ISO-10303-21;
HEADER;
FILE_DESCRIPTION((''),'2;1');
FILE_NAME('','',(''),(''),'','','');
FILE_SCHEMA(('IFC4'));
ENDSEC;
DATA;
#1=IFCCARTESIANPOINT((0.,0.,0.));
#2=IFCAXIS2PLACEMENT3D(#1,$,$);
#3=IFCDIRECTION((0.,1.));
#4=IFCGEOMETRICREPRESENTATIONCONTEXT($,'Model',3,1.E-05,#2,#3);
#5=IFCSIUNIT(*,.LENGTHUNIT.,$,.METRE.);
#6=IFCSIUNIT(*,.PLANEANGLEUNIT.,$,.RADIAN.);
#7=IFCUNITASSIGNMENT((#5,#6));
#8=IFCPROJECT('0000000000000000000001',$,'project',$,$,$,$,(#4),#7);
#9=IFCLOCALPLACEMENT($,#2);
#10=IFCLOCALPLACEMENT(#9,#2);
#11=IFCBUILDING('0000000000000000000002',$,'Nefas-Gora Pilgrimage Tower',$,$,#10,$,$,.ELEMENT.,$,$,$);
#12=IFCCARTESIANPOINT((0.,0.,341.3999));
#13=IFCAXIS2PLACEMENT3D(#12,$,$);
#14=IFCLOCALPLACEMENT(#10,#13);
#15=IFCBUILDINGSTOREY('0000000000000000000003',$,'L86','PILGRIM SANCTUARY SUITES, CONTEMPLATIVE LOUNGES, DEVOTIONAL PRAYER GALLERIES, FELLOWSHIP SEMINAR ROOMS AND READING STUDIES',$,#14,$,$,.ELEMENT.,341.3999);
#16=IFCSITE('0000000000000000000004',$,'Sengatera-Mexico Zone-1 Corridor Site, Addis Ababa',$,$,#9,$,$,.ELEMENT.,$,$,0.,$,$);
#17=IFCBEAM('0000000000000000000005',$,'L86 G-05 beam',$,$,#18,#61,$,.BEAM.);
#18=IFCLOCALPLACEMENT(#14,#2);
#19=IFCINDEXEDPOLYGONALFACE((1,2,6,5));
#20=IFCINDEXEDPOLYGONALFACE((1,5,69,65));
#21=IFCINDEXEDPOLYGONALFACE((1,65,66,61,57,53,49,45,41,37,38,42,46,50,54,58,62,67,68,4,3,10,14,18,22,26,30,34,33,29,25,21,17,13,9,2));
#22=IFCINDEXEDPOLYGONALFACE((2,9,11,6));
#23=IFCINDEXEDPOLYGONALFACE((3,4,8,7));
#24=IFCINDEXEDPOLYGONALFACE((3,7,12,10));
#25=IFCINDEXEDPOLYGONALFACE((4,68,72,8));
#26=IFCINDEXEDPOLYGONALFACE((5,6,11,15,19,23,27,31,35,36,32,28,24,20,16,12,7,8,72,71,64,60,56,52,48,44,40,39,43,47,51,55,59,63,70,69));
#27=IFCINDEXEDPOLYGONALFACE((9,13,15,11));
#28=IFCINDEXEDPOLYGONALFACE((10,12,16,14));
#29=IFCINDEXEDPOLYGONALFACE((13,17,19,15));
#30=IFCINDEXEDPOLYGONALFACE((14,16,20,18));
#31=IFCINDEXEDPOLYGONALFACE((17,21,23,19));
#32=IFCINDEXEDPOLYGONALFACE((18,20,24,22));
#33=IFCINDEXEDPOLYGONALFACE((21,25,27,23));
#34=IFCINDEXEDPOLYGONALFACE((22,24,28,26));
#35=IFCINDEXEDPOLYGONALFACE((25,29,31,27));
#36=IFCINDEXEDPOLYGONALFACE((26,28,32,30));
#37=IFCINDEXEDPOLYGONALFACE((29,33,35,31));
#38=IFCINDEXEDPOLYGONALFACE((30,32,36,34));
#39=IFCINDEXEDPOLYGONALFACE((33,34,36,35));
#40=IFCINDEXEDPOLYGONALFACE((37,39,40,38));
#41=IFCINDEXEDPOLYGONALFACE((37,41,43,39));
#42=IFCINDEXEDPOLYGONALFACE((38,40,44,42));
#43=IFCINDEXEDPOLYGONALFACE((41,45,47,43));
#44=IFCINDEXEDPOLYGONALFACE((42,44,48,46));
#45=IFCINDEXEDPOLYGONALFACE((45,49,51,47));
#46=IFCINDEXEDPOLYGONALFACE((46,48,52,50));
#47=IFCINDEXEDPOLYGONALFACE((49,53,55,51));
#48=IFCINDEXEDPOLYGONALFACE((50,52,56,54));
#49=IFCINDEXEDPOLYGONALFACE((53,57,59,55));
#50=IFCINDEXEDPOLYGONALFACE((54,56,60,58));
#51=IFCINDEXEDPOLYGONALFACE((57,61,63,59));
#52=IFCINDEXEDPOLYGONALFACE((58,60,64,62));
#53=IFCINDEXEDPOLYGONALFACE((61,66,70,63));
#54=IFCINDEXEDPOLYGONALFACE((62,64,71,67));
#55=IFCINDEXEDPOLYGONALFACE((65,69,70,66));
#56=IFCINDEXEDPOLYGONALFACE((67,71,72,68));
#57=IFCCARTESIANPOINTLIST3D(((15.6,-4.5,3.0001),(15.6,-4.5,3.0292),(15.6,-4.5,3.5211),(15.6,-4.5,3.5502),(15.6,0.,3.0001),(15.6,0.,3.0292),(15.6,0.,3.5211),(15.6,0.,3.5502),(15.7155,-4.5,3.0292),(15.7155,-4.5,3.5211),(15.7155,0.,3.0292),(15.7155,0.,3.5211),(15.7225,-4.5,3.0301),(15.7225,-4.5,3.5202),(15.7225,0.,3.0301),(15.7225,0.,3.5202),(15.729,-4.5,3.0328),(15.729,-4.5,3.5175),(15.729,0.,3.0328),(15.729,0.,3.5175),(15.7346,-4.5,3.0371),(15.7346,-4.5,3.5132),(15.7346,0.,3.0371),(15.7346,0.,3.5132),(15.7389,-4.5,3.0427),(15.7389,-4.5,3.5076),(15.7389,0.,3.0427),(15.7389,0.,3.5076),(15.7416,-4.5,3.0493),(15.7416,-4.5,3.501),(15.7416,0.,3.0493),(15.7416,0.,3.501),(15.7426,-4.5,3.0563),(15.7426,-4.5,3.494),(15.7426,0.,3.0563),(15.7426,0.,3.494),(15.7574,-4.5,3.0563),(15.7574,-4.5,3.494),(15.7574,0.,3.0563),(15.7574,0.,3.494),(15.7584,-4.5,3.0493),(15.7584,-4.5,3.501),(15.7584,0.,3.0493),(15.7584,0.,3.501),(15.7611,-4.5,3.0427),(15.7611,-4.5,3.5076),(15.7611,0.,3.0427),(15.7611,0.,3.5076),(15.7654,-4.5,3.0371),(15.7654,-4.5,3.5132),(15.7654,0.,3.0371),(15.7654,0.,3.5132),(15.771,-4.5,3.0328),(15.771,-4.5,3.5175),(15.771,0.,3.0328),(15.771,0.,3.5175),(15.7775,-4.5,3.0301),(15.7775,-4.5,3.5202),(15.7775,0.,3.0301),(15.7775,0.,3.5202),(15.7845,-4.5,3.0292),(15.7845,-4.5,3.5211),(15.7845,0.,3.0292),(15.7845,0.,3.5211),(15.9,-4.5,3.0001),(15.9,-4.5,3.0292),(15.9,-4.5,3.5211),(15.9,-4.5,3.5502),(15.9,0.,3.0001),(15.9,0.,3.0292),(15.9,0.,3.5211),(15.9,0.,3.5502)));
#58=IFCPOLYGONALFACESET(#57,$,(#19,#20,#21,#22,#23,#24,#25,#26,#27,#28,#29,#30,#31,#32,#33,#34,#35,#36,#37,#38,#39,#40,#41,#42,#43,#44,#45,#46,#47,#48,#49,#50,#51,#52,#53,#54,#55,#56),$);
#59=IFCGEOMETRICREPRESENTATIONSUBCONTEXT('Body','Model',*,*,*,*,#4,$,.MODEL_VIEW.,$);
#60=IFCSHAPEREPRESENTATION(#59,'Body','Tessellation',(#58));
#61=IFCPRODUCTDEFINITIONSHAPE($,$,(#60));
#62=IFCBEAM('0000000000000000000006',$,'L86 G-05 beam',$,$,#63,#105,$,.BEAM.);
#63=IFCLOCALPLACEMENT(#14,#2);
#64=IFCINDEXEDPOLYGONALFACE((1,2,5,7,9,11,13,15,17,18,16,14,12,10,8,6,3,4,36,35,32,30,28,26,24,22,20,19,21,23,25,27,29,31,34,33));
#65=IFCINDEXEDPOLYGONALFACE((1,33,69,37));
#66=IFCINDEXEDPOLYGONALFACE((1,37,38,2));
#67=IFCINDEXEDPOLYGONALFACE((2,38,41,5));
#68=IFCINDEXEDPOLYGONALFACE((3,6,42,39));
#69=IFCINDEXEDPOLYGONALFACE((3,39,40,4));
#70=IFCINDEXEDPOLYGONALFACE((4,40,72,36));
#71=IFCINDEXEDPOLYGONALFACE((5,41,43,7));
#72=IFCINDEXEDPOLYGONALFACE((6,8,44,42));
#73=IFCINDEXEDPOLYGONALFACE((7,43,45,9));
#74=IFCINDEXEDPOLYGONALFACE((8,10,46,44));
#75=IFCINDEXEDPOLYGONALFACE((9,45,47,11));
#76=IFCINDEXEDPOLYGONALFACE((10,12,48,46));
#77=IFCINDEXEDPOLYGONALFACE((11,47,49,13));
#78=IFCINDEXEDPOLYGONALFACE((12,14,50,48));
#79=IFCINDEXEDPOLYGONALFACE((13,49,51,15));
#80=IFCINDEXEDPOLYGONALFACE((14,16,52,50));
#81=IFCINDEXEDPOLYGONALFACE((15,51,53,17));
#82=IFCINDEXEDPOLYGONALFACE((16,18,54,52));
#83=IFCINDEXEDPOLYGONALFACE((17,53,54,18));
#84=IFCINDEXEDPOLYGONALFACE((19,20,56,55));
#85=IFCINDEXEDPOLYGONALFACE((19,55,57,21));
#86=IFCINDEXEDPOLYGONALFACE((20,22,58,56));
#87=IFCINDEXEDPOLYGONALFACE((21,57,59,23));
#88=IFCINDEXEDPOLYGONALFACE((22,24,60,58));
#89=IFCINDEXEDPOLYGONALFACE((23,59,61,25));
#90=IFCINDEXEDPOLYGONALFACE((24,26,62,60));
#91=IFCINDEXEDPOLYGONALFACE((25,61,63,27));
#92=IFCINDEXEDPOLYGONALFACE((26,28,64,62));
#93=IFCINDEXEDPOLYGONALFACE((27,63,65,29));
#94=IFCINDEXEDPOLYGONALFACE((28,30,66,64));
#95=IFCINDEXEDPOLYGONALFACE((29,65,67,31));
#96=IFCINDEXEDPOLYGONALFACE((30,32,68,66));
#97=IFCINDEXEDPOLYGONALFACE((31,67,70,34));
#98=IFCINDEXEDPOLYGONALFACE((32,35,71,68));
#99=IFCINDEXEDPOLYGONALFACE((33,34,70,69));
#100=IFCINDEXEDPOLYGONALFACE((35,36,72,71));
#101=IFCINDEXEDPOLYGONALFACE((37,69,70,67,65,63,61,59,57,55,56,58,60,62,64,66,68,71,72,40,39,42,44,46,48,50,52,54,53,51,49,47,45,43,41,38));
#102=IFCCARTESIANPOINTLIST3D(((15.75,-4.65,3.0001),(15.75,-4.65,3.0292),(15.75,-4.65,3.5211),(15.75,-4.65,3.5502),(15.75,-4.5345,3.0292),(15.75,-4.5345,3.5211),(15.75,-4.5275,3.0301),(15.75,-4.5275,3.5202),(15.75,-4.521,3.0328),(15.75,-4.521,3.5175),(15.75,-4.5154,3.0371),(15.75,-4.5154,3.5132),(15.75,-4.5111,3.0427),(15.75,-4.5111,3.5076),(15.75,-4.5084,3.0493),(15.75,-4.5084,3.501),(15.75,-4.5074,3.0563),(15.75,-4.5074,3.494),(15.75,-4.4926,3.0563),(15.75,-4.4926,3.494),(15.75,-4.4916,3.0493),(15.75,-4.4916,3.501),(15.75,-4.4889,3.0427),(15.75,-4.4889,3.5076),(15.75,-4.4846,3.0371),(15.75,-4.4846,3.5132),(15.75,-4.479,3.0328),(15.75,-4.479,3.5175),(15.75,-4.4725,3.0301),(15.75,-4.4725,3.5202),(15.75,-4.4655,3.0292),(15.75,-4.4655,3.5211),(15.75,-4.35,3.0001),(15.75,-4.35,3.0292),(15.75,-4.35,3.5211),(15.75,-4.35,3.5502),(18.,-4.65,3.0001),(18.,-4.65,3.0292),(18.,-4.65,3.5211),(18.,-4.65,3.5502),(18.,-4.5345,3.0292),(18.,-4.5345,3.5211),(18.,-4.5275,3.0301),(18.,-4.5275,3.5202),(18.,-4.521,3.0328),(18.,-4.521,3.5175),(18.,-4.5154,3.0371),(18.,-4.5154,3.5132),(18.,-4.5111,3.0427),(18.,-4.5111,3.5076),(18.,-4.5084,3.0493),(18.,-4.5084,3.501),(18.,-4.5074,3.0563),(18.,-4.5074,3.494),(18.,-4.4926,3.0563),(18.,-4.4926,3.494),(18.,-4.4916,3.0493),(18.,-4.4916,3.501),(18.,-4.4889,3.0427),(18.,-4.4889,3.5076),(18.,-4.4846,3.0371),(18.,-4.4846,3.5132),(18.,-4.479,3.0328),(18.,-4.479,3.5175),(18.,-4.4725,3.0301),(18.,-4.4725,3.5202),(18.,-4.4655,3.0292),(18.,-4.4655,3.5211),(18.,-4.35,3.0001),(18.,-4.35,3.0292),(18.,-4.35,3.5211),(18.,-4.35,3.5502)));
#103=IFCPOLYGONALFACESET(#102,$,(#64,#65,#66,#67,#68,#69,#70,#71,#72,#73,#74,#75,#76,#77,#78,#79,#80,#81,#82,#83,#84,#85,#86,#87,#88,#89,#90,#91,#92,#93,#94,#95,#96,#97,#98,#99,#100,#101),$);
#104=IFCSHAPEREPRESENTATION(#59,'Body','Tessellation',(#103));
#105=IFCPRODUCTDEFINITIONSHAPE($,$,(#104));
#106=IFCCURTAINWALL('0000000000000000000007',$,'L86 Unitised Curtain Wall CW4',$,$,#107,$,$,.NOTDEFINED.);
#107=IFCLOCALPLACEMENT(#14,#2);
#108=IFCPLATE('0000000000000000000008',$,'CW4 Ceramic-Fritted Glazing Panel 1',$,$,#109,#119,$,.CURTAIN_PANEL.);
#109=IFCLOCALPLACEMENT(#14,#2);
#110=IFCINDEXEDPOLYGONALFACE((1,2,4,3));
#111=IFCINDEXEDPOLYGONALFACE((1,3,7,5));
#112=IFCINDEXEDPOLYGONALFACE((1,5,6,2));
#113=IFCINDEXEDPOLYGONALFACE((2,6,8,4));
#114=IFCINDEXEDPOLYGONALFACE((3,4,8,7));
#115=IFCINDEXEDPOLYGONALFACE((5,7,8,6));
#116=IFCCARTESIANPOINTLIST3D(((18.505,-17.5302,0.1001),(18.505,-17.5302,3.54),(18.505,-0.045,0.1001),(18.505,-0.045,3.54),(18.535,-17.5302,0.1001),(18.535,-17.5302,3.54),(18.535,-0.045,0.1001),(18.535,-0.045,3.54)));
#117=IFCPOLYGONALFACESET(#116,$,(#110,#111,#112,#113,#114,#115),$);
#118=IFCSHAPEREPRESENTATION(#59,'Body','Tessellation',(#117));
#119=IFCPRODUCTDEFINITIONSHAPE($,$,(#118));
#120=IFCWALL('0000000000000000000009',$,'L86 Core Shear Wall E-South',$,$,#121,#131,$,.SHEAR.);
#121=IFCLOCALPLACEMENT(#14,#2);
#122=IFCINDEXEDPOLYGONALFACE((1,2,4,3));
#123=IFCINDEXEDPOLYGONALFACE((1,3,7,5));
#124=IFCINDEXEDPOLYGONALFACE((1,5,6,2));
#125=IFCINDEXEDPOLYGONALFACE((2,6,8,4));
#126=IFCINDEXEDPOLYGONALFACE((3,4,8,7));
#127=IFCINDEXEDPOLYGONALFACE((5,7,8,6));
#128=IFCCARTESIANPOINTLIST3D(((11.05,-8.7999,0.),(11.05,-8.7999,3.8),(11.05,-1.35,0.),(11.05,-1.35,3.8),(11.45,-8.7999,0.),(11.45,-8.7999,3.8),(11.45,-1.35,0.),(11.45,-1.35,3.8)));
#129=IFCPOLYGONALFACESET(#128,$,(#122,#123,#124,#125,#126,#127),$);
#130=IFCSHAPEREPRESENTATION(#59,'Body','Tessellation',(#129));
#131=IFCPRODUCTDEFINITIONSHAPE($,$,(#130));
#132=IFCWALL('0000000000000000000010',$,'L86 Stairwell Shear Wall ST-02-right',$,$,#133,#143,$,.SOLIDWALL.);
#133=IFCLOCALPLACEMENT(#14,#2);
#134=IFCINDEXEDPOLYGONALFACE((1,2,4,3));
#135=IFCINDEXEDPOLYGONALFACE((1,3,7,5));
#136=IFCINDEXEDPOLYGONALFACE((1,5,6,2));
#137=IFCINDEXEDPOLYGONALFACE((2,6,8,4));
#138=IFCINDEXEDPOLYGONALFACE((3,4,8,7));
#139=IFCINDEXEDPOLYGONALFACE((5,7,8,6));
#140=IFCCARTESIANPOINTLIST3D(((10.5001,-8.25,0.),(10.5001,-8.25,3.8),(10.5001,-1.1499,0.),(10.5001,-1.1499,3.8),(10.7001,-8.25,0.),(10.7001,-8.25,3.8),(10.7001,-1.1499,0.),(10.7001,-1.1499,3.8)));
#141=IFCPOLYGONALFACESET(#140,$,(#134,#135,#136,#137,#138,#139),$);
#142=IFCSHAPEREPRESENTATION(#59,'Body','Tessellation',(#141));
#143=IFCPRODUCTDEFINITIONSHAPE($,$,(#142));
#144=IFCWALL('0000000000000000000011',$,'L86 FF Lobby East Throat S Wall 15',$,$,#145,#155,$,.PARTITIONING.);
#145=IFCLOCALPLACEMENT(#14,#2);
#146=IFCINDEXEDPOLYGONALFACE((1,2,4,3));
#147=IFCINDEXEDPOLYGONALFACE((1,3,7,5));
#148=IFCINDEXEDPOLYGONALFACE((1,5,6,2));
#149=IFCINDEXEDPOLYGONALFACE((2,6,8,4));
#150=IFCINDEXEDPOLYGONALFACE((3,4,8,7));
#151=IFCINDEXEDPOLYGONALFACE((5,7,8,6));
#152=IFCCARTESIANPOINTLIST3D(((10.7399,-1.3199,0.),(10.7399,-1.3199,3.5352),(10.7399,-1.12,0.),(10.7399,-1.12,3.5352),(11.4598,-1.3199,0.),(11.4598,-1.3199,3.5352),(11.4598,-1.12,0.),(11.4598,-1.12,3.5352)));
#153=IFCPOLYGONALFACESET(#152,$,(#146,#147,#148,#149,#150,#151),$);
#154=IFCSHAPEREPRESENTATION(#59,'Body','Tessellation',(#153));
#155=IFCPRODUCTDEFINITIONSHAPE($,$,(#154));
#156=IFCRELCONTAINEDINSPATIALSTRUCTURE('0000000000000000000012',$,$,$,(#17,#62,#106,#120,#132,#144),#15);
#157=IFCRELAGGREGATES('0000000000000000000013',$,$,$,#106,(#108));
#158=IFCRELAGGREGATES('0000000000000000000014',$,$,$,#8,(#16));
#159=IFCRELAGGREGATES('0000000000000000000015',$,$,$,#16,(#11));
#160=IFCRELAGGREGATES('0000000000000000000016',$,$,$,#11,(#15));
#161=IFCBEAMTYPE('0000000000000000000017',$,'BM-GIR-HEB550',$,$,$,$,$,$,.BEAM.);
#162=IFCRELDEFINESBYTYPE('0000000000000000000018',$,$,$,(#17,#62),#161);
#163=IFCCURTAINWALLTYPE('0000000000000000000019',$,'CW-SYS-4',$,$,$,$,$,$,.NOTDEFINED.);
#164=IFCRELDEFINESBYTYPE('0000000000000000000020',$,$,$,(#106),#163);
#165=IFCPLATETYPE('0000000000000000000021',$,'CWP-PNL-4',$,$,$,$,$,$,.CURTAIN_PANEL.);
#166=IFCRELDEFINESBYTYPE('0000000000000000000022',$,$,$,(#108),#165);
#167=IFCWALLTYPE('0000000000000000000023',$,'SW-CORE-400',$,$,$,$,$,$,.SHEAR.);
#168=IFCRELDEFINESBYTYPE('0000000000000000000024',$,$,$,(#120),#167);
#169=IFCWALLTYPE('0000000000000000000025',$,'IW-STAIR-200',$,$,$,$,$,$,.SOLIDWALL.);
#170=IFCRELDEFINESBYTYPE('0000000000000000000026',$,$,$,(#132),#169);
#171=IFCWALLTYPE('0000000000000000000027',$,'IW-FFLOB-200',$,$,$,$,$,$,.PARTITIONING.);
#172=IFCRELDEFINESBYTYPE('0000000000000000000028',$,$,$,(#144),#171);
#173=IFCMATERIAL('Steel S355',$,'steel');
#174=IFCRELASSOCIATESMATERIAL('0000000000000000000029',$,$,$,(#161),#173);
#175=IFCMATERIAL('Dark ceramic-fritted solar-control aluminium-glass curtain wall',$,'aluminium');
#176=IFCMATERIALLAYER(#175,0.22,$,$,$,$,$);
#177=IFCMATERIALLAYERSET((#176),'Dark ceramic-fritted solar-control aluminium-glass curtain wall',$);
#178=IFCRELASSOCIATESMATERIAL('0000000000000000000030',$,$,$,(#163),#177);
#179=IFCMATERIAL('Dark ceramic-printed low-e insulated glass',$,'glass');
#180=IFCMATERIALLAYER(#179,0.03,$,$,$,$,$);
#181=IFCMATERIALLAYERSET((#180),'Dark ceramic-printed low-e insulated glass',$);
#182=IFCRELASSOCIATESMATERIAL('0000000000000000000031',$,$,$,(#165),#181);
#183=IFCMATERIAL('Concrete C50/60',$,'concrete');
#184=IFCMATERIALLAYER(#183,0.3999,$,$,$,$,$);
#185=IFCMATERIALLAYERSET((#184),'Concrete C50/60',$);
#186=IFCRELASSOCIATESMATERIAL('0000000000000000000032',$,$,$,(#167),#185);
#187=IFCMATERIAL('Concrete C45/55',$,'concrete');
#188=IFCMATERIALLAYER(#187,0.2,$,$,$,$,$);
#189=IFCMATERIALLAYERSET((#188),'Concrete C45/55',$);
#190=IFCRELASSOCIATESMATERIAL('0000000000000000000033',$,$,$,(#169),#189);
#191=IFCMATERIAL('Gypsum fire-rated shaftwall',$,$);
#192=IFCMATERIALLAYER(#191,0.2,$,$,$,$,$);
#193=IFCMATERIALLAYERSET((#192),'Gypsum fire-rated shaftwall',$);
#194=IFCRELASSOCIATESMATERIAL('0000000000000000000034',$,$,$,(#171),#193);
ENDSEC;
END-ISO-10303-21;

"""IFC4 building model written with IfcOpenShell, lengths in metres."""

from ifc_helpers import new_model, si_unit, direction, frame, frame_2d, origin, origin_2d, place, context, subcontext, project, spatial, rectangle, i_section, extrude, source, transform, mapped, material, layer, layer_set, material_profile, profile_set, type_object, element, aggregate, save


model = new_model("IFC4")

# Units and contexts
model_context = context("Model", 3, precision=1e-05, world=origin(), true_north=direction((0.0, 1.0)))
body_context = subcontext(model_context, "Body", "Model", "MODEL_VIEW")
ifc_project = project(units=[si_unit("LENGTHUNIT", "METRE"), si_unit("PLANEANGLEUNIT", "RADIAN")], contexts=[model_context])

# Site, building, storey
site_placement = place(None, origin())
site = spatial("IfcSite", under=ifc_project, at=site_placement, Name="Sengatera-Mexico Zone-1 Corridor Site, Addis Ababa", CompositionType="ELEMENT", RefElevation=0.0)
building_placement = place(site_placement, origin())
building = spatial("IfcBuilding", under=site, at=building_placement, Name="Nefas-Gora Pilgrimage Tower", CompositionType="ELEMENT")
storey_placement = place(building_placement, frame((0.0, 0.0, 341.3999)))
storey = spatial("IfcBuildingStorey", under=building, at=storey_placement, Name="L86", Description="PILGRIM SANCTUARY SUITES, CONTEMPLATIVE LOUNGES, DEVOTIONAL PRAYER GALLERIES, FELLOWSHIP SEMINAR ROOMS AND READING STUDIES", CompositionType="ELEMENT", Elevation=341.3999)

# Shared definitions
ifc_material_1 = material(Name="Steel S355", Category="steel")

# Beams
ifc_material_2 = material(Name="Concrete C50/60", Category="concrete")
ifc_material_profile_1 = material_profile(ifc_material_1, i_section(OverallWidth=0.3, OverallDepth=0.55, WebThickness=0.0149, FlangeThickness=0.0291, FilletRadius=0.0271, at=origin_2d()), Name="HEB 550")
ifc_profile_set_1 = profile_set([ifc_material_profile_1], Name="Steel S355")
beam_type_1 = type_object("IfcBeamType", Name="BM-GIR-HEB550", PredefinedType="BEAM", material=ifc_profile_set_1)
shared_shape_1 = source(origin(), body_context, "Body", "SweptSolid", [
    extrude(i_section(OverallWidth=0.3, OverallDepth=0.55, WebThickness=0.0149, FlangeThickness=0.0291, FilletRadius=0.0271, at=origin_2d()), origin(), (0.0, 0.0, 1.0), 4.5),
])
beam_1_placement = place(storey_placement, frame((15.75, -4.5, 3.2751), z_axis=(0.0, 1.0, 0.0), x_axis=(-1.0, 0.0, 0.0)))
element("IfcBeam", 1, at=beam_1_placement, inside=storey, type_object=beam_type_1, Name="L86 G-05 beam", PredefinedType="BEAM", context=body_context, shape_type="MappedRepresentation", body=[
    mapped(shared_shape_1, transform((0.0, 0.0, 0.0), x_axis=(1.0, 0.0, 0.0), y_axis=(0.0, 1.0, 0.0), z_axis=(0.0, 0.0, 1.0), scale=1.0)),
])
shared_shape_2 = source(origin(), body_context, "Body", "SweptSolid", [
    extrude(i_section(OverallWidth=0.3, OverallDepth=0.55, WebThickness=0.0149, FlangeThickness=0.0291, FilletRadius=0.0271, at=origin_2d()), origin(), (0.0, 0.0, 1.0), 2.25),
])
beam_2_placement = place(storey_placement, frame((15.75, -4.5, 3.2751), z_axis=(1.0, 0.0, 0.0), x_axis=(0.0, 1.0, 0.0)))
element("IfcBeam", 2, at=beam_2_placement, inside=storey, type_object=beam_type_1, Name="L86 G-05 beam", PredefinedType="BEAM", context=body_context, shape_type="MappedRepresentation", body=[
    mapped(shared_shape_2, transform((0.0, 0.0, 0.0), x_axis=(1.0, 0.0, 0.0), y_axis=(0.0, 1.0, 0.0), z_axis=(0.0, 0.0, 1.0), scale=1.0)),
])

# Curtain wall, plate
ifc_material_3 = material(Name="Dark ceramic-fritted solar-control aluminium-glass curtain wall", Category="aluminium")
ifc_layer_1 = layer(ifc_material_3, 0.22)
ifc_layer_set_1 = layer_set([ifc_layer_1], Name="Dark ceramic-fritted solar-control aluminium-glass curtain wall")
curtain_wall_type = type_object("IfcCurtainWallType", Name="CW-SYS-4", PredefinedType="NOTDEFINED", material=ifc_layer_set_1)
curtain_wall_placement = place(storey_placement, origin())
curtain_wall = element("IfcCurtainWall", 3, at=curtain_wall_placement, inside=storey, type_object=curtain_wall_type, Name="L86 Unitised Curtain Wall CW4", PredefinedType="NOTDEFINED")
ifc_material_4 = material(Name="Dark ceramic-printed low-e insulated glass", Category="glass")
ifc_layer_2 = layer(ifc_material_4, 0.03)
ifc_layer_set_2 = layer_set([ifc_layer_2], Name="Dark ceramic-printed low-e insulated glass")
plate_type = type_object("IfcPlateType", Name="CWP-PNL-4", PredefinedType="CURTAIN_PANEL", material=ifc_layer_set_2)
shared_shape_3 = source(origin(), body_context, "Body", "SweptSolid", [
    extrude(rectangle(XDim=17.4851, YDim=0.03, at=origin_2d()), origin(), (0.0, 0.0, 1.0), 3.4399),
])
plate_placement = place(storey_placement, frame((18.52, -8.7876, 0.1001), z_axis=(0.0, 0.0, 1.0), x_axis=(0.0, 1.0, 0.0)))
plate = element("IfcPlate", 4, at=plate_placement, type_object=plate_type, Name="CW4 Ceramic-Fritted Glazing Panel 1", PredefinedType="CURTAIN_PANEL", context=body_context, shape_type="MappedRepresentation", body=[
    mapped(shared_shape_3, transform((0.0, 0.0, 0.0), x_axis=(1.0, 0.0, 0.0), y_axis=(0.0, 1.0, 0.0), z_axis=(0.0, 0.0, 1.0), scale=1.0)),
])
aggregate(curtain_wall, [plate])

# Walls
ifc_layer_3 = layer(ifc_material_2, 0.3999)
ifc_layer_set_3 = layer_set([ifc_layer_3], Name="Concrete C50/60")
wall_type_1 = type_object("IfcWallType", Name="SW-CORE-400", PredefinedType="SHEAR", material=ifc_layer_set_3)
shared_shape_4 = source(origin(), body_context, "Body", "SweptSolid", [
    extrude(rectangle(XDim=7.45, YDim=0.3999, at=frame_2d((3.7251, 0.0))), origin(), (0.0, 0.0, 1.0), 3.8),
])
wall_1_placement = place(storey_placement, frame((11.25, -8.8, 0.0), z_axis=(0.0, 0.0, 1.0), x_axis=(0.0, 1.0, 0.0)))
element("IfcWall", 5, at=wall_1_placement, inside=storey, type_object=wall_type_1, Name="L86 Core Shear Wall E-South", PredefinedType="SHEAR", context=body_context, shape_type="MappedRepresentation", body=[
    mapped(shared_shape_4, transform((0.0, 0.0, 0.0), x_axis=(1.0, 0.0, 0.0), y_axis=(0.0, 1.0, 0.0), z_axis=(0.0, 0.0, 1.0), scale=1.0)),
])
ifc_material_5 = material(Name="Concrete C45/55", Category="concrete")
ifc_layer_4 = layer(ifc_material_5, 0.2)
ifc_layer_set_4 = layer_set([ifc_layer_4], Name="Concrete C45/55")
wall_type_2 = type_object("IfcWallType", Name="IW-STAIR-200", PredefinedType="SOLIDWALL", material=ifc_layer_set_4)
shared_shape_5 = source(origin(), body_context, "Body", "SweptSolid", [
    extrude(rectangle(XDim=7.1001, YDim=0.2, at=frame_2d((3.55, 0.0))), origin(), (0.0, 0.0, 1.0), 3.8),
])
wall_2_placement = place(storey_placement, frame((10.6001, -1.1499, 0.0), z_axis=(0.0, 0.0, 1.0), x_axis=(0.0, -1.0, 0.0)))
element("IfcWall", 6, at=wall_2_placement, inside=storey, type_object=wall_type_2, Name="L86 Stairwell Shear Wall ST-02-right", PredefinedType="SOLIDWALL", context=body_context, shape_type="MappedRepresentation", body=[
    mapped(shared_shape_5, transform((0.0, 0.0, 0.0), x_axis=(1.0, 0.0, 0.0), y_axis=(0.0, 1.0, 0.0), z_axis=(0.0, 0.0, 1.0), scale=1.0)),
])
ifc_material_6 = material(Name="Gypsum fire-rated shaftwall")
ifc_layer_5 = layer(ifc_material_6, 0.2)
ifc_layer_set_5 = layer_set([ifc_layer_5], Name="Gypsum fire-rated shaftwall")
wall_type_3 = type_object("IfcWallType", Name="IW-FFLOB-200", PredefinedType="PARTITIONING", material=ifc_layer_set_5)
shared_shape_6 = source(origin(), body_context, "Body", "SweptSolid", [
    extrude(rectangle(XDim=0.72, YDim=0.2, at=frame_2d((0.3599, 0.0))), origin(), (0.0, 0.0, 1.0), 3.5352),
])
wall_3_placement = place(storey_placement, frame((10.74, -1.22, 0.0), z_axis=(0.0, 0.0, 1.0), x_axis=(1.0, 0.0, 0.0)))
element("IfcWall", 7, at=wall_3_placement, inside=storey, type_object=wall_type_3, Name="L86 FF Lobby East Throat S Wall 15", PredefinedType="PARTITIONING", context=body_context, shape_type="MappedRepresentation", body=[
    mapped(shared_shape_6, transform((0.0, 0.0, 0.0), x_axis=(1.0, 0.0, 0.0), y_axis=(0.0, 1.0, 0.0), z_axis=(0.0, 0.0, 1.0), scale=1.0)),
])

save(model, "model.ifc")
